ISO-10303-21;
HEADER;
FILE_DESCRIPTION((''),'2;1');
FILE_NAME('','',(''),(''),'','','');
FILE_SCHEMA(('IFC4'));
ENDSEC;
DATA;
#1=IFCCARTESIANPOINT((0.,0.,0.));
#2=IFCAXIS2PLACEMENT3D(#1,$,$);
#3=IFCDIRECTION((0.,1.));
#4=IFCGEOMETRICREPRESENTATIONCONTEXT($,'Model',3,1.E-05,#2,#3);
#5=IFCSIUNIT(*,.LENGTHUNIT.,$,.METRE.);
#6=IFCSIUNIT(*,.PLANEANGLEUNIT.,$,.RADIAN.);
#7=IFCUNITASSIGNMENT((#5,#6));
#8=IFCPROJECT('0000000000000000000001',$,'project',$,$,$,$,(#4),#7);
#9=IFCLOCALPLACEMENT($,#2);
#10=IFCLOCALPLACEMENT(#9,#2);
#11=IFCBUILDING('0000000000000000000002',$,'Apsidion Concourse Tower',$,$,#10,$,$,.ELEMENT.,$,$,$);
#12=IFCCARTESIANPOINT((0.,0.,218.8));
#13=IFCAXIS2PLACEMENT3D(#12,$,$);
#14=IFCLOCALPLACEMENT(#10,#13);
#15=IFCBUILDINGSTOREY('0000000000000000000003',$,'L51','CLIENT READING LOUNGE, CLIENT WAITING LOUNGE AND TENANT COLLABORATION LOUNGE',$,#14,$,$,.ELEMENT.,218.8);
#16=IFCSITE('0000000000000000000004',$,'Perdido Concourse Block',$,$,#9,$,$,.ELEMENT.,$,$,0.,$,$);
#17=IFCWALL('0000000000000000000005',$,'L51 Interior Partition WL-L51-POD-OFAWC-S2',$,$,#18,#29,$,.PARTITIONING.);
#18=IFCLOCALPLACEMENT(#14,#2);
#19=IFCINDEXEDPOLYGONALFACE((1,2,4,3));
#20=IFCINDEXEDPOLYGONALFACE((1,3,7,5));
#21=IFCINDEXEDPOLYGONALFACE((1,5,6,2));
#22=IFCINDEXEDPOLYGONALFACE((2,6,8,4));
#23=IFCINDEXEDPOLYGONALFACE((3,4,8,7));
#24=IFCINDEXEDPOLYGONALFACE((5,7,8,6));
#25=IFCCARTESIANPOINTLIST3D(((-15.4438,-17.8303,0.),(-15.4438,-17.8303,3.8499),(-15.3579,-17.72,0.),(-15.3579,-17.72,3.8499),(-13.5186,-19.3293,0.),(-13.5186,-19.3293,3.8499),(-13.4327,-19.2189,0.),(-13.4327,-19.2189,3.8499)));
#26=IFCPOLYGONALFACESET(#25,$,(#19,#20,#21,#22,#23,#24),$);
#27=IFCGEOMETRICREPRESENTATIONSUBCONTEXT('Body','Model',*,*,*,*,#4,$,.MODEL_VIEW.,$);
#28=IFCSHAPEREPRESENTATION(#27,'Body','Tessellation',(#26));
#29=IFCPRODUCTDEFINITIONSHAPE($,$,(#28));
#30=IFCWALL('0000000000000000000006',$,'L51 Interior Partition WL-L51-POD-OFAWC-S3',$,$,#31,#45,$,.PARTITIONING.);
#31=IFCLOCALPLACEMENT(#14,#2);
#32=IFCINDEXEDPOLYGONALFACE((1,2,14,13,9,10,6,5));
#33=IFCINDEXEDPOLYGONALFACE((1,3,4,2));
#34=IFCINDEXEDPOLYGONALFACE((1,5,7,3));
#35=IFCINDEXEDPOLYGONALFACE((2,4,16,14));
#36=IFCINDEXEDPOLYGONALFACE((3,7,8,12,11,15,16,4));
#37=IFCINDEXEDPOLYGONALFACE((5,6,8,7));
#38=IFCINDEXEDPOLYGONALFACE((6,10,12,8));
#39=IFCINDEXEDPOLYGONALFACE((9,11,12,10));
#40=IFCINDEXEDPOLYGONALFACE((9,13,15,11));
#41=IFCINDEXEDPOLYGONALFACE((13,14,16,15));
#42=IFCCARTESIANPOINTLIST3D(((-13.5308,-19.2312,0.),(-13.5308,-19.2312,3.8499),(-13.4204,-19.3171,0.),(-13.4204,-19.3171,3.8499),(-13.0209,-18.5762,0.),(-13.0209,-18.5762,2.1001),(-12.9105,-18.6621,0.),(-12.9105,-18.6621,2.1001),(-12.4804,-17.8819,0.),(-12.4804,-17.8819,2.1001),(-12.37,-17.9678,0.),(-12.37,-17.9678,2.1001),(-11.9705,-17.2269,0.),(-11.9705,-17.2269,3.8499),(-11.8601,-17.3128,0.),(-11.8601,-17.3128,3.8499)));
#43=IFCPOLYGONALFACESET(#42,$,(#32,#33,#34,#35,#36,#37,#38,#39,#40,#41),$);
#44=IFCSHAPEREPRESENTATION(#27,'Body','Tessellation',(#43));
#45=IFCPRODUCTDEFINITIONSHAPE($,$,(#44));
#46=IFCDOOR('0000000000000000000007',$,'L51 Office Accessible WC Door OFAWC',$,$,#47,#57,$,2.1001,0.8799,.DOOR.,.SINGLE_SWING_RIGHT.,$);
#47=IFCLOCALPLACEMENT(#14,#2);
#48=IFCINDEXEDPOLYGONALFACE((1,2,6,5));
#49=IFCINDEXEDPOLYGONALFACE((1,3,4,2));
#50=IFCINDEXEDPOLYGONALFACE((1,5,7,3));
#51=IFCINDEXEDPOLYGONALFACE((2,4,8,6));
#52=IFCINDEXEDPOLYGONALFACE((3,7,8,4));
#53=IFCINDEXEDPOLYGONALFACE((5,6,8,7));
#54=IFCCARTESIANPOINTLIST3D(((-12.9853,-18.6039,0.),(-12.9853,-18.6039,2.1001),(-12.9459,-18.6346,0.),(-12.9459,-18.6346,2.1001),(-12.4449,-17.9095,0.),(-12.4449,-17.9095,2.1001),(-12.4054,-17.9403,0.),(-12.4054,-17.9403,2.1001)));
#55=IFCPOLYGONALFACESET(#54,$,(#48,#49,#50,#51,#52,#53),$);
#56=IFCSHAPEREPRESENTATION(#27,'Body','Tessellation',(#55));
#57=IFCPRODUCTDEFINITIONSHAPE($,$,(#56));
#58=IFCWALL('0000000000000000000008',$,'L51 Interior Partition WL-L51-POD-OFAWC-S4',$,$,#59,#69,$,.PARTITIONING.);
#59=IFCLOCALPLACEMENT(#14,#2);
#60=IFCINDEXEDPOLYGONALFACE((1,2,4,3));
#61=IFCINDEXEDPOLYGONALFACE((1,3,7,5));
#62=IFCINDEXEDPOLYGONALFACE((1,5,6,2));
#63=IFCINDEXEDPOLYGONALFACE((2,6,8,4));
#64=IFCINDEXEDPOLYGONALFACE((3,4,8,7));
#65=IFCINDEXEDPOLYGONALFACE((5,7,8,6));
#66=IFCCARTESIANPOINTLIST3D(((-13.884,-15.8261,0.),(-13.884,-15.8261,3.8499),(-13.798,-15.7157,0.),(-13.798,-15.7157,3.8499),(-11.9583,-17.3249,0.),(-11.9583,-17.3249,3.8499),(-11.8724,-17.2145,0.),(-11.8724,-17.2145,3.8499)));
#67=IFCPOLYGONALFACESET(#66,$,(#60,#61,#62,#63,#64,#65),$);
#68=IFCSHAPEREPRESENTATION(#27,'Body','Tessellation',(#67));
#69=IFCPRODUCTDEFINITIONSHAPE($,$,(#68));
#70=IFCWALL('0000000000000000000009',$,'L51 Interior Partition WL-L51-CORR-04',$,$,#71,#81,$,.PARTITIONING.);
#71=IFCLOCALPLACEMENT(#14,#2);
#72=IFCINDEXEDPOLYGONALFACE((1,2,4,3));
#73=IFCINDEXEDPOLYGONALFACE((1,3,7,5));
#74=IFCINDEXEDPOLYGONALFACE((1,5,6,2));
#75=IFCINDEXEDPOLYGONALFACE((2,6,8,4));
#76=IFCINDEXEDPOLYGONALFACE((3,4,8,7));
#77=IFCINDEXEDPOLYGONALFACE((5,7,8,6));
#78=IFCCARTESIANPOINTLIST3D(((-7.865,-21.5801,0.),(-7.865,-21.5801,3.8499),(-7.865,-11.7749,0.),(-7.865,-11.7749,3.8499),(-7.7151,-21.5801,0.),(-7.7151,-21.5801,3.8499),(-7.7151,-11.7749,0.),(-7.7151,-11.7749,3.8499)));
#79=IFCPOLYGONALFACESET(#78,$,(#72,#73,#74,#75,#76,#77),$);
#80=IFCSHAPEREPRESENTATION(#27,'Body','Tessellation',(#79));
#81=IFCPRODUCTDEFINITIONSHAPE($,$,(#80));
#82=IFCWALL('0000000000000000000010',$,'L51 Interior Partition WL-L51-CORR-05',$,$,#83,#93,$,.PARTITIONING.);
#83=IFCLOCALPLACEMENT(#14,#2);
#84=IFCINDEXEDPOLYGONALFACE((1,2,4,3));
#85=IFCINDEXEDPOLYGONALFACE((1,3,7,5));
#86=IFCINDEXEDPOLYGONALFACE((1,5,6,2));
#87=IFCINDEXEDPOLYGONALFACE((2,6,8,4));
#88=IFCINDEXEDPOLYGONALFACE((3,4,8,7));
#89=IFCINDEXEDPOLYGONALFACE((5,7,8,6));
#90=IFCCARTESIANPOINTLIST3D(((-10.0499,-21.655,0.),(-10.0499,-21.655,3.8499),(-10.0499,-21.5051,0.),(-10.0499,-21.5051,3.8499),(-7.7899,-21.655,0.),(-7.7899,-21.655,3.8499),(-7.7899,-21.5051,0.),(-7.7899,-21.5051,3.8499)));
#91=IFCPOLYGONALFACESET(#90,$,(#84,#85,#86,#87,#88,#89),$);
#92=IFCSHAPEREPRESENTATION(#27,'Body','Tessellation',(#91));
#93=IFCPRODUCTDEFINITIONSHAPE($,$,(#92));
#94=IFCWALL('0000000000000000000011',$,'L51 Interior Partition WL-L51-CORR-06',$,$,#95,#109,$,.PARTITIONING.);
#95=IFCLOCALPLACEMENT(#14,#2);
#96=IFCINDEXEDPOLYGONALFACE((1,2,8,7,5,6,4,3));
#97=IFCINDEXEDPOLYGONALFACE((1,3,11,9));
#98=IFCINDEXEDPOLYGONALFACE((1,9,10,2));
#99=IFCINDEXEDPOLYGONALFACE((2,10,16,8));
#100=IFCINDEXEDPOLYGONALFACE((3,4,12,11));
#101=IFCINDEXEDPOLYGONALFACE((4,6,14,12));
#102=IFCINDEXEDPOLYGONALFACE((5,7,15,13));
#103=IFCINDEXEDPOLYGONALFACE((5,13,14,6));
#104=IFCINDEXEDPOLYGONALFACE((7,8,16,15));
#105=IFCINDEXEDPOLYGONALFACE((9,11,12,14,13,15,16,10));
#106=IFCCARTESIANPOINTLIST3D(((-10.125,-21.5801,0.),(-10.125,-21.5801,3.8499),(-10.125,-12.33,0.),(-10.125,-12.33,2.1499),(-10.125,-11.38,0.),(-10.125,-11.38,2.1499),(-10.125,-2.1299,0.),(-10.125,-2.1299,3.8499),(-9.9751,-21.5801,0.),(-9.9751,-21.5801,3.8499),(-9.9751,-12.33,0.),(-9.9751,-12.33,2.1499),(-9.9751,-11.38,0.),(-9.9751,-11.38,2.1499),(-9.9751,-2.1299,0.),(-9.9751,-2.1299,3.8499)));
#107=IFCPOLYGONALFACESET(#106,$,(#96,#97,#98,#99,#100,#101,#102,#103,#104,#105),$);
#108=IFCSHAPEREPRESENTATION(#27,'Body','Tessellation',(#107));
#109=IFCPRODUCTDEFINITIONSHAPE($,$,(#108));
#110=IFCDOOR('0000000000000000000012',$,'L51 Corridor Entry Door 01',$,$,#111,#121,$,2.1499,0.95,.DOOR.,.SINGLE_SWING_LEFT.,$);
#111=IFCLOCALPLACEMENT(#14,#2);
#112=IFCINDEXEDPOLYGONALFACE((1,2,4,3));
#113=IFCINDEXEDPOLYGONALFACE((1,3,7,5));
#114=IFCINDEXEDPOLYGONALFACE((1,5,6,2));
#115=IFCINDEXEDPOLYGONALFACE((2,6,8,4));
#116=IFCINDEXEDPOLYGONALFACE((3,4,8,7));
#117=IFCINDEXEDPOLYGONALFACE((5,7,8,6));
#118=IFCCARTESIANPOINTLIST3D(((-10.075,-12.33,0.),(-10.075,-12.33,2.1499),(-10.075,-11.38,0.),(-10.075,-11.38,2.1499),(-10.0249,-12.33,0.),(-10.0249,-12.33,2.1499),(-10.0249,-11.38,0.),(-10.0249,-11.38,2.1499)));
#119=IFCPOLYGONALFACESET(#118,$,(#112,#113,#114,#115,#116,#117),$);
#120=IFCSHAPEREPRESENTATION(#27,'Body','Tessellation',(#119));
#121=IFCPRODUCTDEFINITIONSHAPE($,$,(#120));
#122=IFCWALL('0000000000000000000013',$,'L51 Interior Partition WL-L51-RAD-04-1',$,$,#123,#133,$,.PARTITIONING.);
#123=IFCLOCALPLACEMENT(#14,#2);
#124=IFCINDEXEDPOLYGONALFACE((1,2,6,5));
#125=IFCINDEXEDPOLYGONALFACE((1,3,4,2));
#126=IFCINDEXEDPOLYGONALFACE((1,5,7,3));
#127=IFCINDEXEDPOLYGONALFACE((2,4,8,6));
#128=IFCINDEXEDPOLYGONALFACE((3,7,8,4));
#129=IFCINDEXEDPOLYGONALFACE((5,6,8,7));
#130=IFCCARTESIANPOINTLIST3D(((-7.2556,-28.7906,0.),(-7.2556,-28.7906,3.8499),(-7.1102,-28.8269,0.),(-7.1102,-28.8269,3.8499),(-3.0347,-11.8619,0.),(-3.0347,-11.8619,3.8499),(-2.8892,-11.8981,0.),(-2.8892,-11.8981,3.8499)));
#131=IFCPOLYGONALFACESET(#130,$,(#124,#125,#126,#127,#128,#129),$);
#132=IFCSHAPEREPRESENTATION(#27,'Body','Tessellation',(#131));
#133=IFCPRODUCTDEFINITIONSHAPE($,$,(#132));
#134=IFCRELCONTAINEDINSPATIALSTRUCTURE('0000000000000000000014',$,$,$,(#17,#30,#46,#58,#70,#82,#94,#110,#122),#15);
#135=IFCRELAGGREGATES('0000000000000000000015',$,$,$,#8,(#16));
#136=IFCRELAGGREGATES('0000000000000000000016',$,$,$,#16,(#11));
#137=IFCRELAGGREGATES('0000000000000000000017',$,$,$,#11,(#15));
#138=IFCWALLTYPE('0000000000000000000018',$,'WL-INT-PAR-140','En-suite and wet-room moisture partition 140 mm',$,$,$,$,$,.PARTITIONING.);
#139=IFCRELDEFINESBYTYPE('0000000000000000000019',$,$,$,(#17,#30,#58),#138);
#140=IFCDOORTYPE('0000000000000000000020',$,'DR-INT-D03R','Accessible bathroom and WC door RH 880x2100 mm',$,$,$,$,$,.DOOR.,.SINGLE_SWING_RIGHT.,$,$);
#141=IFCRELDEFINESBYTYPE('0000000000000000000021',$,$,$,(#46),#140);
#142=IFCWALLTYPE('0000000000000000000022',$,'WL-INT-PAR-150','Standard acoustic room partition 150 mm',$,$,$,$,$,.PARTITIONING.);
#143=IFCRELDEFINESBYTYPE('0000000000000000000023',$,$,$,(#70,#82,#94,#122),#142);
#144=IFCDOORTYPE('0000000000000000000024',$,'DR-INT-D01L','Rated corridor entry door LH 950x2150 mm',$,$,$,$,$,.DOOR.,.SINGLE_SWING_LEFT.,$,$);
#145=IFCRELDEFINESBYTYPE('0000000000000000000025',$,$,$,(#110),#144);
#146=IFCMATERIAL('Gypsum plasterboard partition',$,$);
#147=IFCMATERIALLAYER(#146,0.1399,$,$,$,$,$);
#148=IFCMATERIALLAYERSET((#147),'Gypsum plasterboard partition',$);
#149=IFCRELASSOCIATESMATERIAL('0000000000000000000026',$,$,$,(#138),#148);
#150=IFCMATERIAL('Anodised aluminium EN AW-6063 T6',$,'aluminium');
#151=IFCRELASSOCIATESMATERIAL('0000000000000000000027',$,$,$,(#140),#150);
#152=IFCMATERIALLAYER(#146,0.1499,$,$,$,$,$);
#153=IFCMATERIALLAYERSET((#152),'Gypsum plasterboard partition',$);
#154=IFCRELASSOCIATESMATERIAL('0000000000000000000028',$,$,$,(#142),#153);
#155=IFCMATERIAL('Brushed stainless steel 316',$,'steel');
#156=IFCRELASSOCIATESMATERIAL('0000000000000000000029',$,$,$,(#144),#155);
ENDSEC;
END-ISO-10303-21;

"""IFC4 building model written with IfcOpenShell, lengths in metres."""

from ifc_helpers import new_model, si_unit, direction, frame, frame_2d, origin, place, context, subcontext, project, spatial, rectangle, extrude, material, layer, layer_set, type_object, element, fill, save


model = new_model("IFC4")

# Units and contexts
model_context = context("Model", 3, precision=1e-05, world=origin(), true_north=direction((0.0, 1.0)))
body_context = subcontext(model_context, "Body", "Model", "MODEL_VIEW")
ifc_project = project(units=[si_unit("LENGTHUNIT", "METRE"), si_unit("PLANEANGLEUNIT", "RADIAN")], contexts=[model_context])

# Site, building, storey
site_placement = place(None, origin())
site = spatial("IfcSite", under=ifc_project, at=site_placement, Name="Perdido Concourse Block", CompositionType="ELEMENT", RefElevation=0.0)
building_placement = place(site_placement, origin())
building = spatial("IfcBuilding", under=site, at=building_placement, Name="Apsidion Concourse Tower", CompositionType="ELEMENT")
storey_placement = place(building_placement, frame((0.0, 0.0, 218.8)))
storey = spatial("IfcBuildingStorey", under=building, at=storey_placement, Name="L51", Description="CLIENT READING LOUNGE, CLIENT WAITING LOUNGE AND TENANT COLLABORATION LOUNGE", CompositionType="ELEMENT", Elevation=218.8)

# Shared definitions
ifc_material_1 = material(Name="Anodised aluminium EN AW-6063 T6", Category="aluminium")

# Wall
ifc_material_2 = material(Name="Gypsum plasterboard partition")
ifc_layer_1 = layer(ifc_material_2, 0.1399)
ifc_layer_set_1 = layer_set([ifc_layer_1], Name="Gypsum plasterboard partition")
wall_type_1 = type_object("IfcWallType", Name="WL-INT-PAR-140", Description="En-suite and wet-room moisture partition 140 mm", PredefinedType="PARTITIONING", material=ifc_layer_set_1)
wall_1_placement = place(storey_placement, frame((-15.4009, -17.7751, 0.0), z_axis=(0.0, 0.0, 1.0), x_axis=(0.78904, -0.614342, 0.0)))
element("IfcWall", 1, at=wall_1_placement, inside=storey, type_object=wall_type_1, Name="L51 Interior Partition WL-L51-POD-OFAWC-S2", PredefinedType="PARTITIONING", context=body_context, shape_type="SweptSolid", body=[
    extrude(rectangle(XDim=2.4399, YDim=0.1399, at=frame_2d((1.22, 0.0))), origin(), (0.0, 0.0, 1.0), 3.8499),
])

# Wall, opening, door
wall_2_placement = place(storey_placement, frame((-13.4756, -19.2742, 0.0), z_axis=(0.0, 0.0, 1.0), x_axis=(0.614267, 0.789099, 0.0)))
wall_2 = element("IfcWall", 2, at=wall_2_placement, inside=storey, type_object=wall_type_1, Name="L51 Interior Partition WL-L51-POD-OFAWC-S3", PredefinedType="PARTITIONING", context=body_context, shape_type="SweptSolid", body=[
    extrude(rectangle(XDim=2.54, YDim=0.1399, at=frame_2d((1.27, 0.0))), origin(), (0.0, 0.0, 1.0), 3.8499),
])
opening_1_placement = place(wall_2_placement, frame((0.8301, 0.0, 0.0)))
opening_1 = element("IfcOpeningElement", 3, at=opening_1_placement, cuts=wall_2, PredefinedType="OPENING", context=body_context, shape_type="SweptSolid", body=[
    extrude(rectangle(XDim=0.8799, YDim=2.1001, at=frame_2d((0.4399, 1.05))), frame((0.0, 0.0801, 0.0), z_axis=(0.0, -1.0, 0.0), x_axis=(1.0, 0.0, 0.0)), (0.0, 0.0, 1.0), 0.1599),
])
door_type_1 = type_object("IfcDoorType", Name="DR-INT-D03R", Description="Accessible bathroom and WC door RH 880x2100 mm", OperationType="SINGLE_SWING_RIGHT", PredefinedType="DOOR", material=ifc_material_1)
door_1_placement = place(opening_1_placement, origin())
door_1 = element("IfcDoor", 4, at=door_1_placement, inside=storey, type_object=door_type_1, Name="L51 Office Accessible WC Door OFAWC", OperationType="SINGLE_SWING_RIGHT", OverallHeight=2.1001, OverallWidth=0.8799, PredefinedType="DOOR", context=body_context, shape_type="SweptSolid", body=[
    extrude(rectangle(XDim=0.8799, YDim=2.1001, at=frame_2d((0.4399, 1.05))), frame((0.0, 0.0249, 0.0), z_axis=(0.0, -1.0, 0.0), x_axis=(1.0, 0.0, 0.0)), (0.0, 0.0, 1.0), 0.05),
])
fill(opening_1, door_1)

# Walls
wall_3_placement = place(storey_placement, frame((-11.9153, -17.2698, 0.0), z_axis=(0.0, 0.0, 1.0), x_axis=(-0.789126, 0.614231, 0.0)))
element("IfcWall", 5, at=wall_3_placement, inside=storey, type_object=wall_type_1, Name="L51 Interior Partition WL-L51-POD-OFAWC-S4", PredefinedType="PARTITIONING", context=body_context, shape_type="SweptSolid", body=[
    extrude(rectangle(XDim=2.4402, YDim=0.1399, at=frame_2d((1.2202, 0.0))), origin(), (0.0, 0.0, 1.0), 3.8499),
])
ifc_layer_2 = layer(ifc_material_2, 0.1499)
ifc_layer_set_2 = layer_set([ifc_layer_2], Name="Gypsum plasterboard partition")
wall_type_2 = type_object("IfcWallType", Name="WL-INT-PAR-150", Description="Standard acoustic room partition 150 mm", PredefinedType="PARTITIONING", material=ifc_layer_set_2)
wall_4_placement = place(storey_placement, frame((-7.79, -11.7749, 0.0), z_axis=(0.0, 0.0, 1.0), x_axis=(0.0, -1.0, 0.0)))
element("IfcWall", 6, at=wall_4_placement, inside=storey, type_object=wall_type_2, Name="L51 Interior Partition WL-L51-CORR-04", PredefinedType="PARTITIONING", context=body_context, shape_type="SweptSolid", body=[
    extrude(rectangle(XDim=9.8052, YDim=0.1499, at=frame_2d((4.9026, 0.0))), origin(), (0.0, 0.0, 1.0), 3.8499),
])
wall_5_placement = place(storey_placement, frame((-7.79, -21.5801, 0.0), z_axis=(0.0, 0.0, 1.0), x_axis=(-1.0, 0.0, 0.0)))
element("IfcWall", 7, at=wall_5_placement, inside=storey, type_object=wall_type_2, Name="L51 Interior Partition WL-L51-CORR-05", PredefinedType="PARTITIONING", context=body_context, shape_type="SweptSolid", body=[
    extrude(rectangle(XDim=2.26, YDim=0.1499, at=frame_2d((1.1299, 0.0))), origin(), (0.0, 0.0, 1.0), 3.8499),
])

# Wall, opening, door
wall_6_placement = place(storey_placement, frame((-10.05, -21.5801, 0.0), z_axis=(0.0, 0.0, 1.0), x_axis=(0.0, 1.0, 0.0)))
wall_6 = element("IfcWall", 8, at=wall_6_placement, inside=storey, type_object=wall_type_2, Name="L51 Interior Partition WL-L51-CORR-06", PredefinedType="PARTITIONING", context=body_context, shape_type="SweptSolid", body=[
    extrude(rectangle(XDim=19.4502, YDim=0.1499, at=frame_2d((9.7251, 0.0))), origin(), (0.0, 0.0, 1.0), 3.8499),
])
opening_2_placement = place(wall_6_placement, frame((9.25, 0.0, 0.0)))
opening_2 = element("IfcOpeningElement", 9, at=opening_2_placement, cuts=wall_6, PredefinedType="OPENING", context=body_context, shape_type="SweptSolid", body=[
    extrude(rectangle(XDim=0.95, YDim=2.1499, at=frame_2d((0.4751, 1.075))), frame((0.0, 0.085, 0.0), z_axis=(0.0, -1.0, 0.0), x_axis=(1.0, 0.0, 0.0)), (0.0, 0.0, 1.0), 0.1699),
])
ifc_material_3 = material(Name="Brushed stainless steel 316", Category="steel")
door_type_2 = type_object("IfcDoorType", Name="DR-INT-D01L", Description="Rated corridor entry door LH 950x2150 mm", OperationType="SINGLE_SWING_LEFT", PredefinedType="DOOR", material=ifc_material_3)
door_2_placement = place(opening_2_placement, origin())
door_2 = element("IfcDoor", 10, at=door_2_placement, inside=storey, type_object=door_type_2, Name="L51 Corridor Entry Door 01", OperationType="SINGLE_SWING_LEFT", OverallHeight=2.1499, OverallWidth=0.95, PredefinedType="DOOR", context=body_context, shape_type="SweptSolid", body=[
    extrude(rectangle(XDim=0.95, YDim=2.1499, at=frame_2d((0.4751, 1.075))), frame((0.0, 0.0249, 0.0), z_axis=(0.0, -1.0, 0.0), x_axis=(1.0, 0.0, 0.0)), (0.0, 0.0, 1.0), 0.05),
])
fill(opening_2, door_2)

# Wall
wall_7_placement = place(storey_placement, frame((-2.9619, -11.8799, 0.0), z_axis=(0.0, 0.0, 1.0), x_axis=(-0.24193, -0.970294, 0.0)))
element("IfcWall", 11, at=wall_7_placement, inside=storey, type_object=wall_type_2, Name="L51 Interior Partition WL-L51-RAD-04-1", PredefinedType="PARTITIONING", context=body_context, shape_type="SweptSolid", body=[
    extrude(rectangle(XDim=17.447, YDim=0.1499, at=frame_2d((8.7236, 0.0))), origin(), (0.0, 0.0, 1.0), 3.8499),
])

save(model, "model.ifc")
